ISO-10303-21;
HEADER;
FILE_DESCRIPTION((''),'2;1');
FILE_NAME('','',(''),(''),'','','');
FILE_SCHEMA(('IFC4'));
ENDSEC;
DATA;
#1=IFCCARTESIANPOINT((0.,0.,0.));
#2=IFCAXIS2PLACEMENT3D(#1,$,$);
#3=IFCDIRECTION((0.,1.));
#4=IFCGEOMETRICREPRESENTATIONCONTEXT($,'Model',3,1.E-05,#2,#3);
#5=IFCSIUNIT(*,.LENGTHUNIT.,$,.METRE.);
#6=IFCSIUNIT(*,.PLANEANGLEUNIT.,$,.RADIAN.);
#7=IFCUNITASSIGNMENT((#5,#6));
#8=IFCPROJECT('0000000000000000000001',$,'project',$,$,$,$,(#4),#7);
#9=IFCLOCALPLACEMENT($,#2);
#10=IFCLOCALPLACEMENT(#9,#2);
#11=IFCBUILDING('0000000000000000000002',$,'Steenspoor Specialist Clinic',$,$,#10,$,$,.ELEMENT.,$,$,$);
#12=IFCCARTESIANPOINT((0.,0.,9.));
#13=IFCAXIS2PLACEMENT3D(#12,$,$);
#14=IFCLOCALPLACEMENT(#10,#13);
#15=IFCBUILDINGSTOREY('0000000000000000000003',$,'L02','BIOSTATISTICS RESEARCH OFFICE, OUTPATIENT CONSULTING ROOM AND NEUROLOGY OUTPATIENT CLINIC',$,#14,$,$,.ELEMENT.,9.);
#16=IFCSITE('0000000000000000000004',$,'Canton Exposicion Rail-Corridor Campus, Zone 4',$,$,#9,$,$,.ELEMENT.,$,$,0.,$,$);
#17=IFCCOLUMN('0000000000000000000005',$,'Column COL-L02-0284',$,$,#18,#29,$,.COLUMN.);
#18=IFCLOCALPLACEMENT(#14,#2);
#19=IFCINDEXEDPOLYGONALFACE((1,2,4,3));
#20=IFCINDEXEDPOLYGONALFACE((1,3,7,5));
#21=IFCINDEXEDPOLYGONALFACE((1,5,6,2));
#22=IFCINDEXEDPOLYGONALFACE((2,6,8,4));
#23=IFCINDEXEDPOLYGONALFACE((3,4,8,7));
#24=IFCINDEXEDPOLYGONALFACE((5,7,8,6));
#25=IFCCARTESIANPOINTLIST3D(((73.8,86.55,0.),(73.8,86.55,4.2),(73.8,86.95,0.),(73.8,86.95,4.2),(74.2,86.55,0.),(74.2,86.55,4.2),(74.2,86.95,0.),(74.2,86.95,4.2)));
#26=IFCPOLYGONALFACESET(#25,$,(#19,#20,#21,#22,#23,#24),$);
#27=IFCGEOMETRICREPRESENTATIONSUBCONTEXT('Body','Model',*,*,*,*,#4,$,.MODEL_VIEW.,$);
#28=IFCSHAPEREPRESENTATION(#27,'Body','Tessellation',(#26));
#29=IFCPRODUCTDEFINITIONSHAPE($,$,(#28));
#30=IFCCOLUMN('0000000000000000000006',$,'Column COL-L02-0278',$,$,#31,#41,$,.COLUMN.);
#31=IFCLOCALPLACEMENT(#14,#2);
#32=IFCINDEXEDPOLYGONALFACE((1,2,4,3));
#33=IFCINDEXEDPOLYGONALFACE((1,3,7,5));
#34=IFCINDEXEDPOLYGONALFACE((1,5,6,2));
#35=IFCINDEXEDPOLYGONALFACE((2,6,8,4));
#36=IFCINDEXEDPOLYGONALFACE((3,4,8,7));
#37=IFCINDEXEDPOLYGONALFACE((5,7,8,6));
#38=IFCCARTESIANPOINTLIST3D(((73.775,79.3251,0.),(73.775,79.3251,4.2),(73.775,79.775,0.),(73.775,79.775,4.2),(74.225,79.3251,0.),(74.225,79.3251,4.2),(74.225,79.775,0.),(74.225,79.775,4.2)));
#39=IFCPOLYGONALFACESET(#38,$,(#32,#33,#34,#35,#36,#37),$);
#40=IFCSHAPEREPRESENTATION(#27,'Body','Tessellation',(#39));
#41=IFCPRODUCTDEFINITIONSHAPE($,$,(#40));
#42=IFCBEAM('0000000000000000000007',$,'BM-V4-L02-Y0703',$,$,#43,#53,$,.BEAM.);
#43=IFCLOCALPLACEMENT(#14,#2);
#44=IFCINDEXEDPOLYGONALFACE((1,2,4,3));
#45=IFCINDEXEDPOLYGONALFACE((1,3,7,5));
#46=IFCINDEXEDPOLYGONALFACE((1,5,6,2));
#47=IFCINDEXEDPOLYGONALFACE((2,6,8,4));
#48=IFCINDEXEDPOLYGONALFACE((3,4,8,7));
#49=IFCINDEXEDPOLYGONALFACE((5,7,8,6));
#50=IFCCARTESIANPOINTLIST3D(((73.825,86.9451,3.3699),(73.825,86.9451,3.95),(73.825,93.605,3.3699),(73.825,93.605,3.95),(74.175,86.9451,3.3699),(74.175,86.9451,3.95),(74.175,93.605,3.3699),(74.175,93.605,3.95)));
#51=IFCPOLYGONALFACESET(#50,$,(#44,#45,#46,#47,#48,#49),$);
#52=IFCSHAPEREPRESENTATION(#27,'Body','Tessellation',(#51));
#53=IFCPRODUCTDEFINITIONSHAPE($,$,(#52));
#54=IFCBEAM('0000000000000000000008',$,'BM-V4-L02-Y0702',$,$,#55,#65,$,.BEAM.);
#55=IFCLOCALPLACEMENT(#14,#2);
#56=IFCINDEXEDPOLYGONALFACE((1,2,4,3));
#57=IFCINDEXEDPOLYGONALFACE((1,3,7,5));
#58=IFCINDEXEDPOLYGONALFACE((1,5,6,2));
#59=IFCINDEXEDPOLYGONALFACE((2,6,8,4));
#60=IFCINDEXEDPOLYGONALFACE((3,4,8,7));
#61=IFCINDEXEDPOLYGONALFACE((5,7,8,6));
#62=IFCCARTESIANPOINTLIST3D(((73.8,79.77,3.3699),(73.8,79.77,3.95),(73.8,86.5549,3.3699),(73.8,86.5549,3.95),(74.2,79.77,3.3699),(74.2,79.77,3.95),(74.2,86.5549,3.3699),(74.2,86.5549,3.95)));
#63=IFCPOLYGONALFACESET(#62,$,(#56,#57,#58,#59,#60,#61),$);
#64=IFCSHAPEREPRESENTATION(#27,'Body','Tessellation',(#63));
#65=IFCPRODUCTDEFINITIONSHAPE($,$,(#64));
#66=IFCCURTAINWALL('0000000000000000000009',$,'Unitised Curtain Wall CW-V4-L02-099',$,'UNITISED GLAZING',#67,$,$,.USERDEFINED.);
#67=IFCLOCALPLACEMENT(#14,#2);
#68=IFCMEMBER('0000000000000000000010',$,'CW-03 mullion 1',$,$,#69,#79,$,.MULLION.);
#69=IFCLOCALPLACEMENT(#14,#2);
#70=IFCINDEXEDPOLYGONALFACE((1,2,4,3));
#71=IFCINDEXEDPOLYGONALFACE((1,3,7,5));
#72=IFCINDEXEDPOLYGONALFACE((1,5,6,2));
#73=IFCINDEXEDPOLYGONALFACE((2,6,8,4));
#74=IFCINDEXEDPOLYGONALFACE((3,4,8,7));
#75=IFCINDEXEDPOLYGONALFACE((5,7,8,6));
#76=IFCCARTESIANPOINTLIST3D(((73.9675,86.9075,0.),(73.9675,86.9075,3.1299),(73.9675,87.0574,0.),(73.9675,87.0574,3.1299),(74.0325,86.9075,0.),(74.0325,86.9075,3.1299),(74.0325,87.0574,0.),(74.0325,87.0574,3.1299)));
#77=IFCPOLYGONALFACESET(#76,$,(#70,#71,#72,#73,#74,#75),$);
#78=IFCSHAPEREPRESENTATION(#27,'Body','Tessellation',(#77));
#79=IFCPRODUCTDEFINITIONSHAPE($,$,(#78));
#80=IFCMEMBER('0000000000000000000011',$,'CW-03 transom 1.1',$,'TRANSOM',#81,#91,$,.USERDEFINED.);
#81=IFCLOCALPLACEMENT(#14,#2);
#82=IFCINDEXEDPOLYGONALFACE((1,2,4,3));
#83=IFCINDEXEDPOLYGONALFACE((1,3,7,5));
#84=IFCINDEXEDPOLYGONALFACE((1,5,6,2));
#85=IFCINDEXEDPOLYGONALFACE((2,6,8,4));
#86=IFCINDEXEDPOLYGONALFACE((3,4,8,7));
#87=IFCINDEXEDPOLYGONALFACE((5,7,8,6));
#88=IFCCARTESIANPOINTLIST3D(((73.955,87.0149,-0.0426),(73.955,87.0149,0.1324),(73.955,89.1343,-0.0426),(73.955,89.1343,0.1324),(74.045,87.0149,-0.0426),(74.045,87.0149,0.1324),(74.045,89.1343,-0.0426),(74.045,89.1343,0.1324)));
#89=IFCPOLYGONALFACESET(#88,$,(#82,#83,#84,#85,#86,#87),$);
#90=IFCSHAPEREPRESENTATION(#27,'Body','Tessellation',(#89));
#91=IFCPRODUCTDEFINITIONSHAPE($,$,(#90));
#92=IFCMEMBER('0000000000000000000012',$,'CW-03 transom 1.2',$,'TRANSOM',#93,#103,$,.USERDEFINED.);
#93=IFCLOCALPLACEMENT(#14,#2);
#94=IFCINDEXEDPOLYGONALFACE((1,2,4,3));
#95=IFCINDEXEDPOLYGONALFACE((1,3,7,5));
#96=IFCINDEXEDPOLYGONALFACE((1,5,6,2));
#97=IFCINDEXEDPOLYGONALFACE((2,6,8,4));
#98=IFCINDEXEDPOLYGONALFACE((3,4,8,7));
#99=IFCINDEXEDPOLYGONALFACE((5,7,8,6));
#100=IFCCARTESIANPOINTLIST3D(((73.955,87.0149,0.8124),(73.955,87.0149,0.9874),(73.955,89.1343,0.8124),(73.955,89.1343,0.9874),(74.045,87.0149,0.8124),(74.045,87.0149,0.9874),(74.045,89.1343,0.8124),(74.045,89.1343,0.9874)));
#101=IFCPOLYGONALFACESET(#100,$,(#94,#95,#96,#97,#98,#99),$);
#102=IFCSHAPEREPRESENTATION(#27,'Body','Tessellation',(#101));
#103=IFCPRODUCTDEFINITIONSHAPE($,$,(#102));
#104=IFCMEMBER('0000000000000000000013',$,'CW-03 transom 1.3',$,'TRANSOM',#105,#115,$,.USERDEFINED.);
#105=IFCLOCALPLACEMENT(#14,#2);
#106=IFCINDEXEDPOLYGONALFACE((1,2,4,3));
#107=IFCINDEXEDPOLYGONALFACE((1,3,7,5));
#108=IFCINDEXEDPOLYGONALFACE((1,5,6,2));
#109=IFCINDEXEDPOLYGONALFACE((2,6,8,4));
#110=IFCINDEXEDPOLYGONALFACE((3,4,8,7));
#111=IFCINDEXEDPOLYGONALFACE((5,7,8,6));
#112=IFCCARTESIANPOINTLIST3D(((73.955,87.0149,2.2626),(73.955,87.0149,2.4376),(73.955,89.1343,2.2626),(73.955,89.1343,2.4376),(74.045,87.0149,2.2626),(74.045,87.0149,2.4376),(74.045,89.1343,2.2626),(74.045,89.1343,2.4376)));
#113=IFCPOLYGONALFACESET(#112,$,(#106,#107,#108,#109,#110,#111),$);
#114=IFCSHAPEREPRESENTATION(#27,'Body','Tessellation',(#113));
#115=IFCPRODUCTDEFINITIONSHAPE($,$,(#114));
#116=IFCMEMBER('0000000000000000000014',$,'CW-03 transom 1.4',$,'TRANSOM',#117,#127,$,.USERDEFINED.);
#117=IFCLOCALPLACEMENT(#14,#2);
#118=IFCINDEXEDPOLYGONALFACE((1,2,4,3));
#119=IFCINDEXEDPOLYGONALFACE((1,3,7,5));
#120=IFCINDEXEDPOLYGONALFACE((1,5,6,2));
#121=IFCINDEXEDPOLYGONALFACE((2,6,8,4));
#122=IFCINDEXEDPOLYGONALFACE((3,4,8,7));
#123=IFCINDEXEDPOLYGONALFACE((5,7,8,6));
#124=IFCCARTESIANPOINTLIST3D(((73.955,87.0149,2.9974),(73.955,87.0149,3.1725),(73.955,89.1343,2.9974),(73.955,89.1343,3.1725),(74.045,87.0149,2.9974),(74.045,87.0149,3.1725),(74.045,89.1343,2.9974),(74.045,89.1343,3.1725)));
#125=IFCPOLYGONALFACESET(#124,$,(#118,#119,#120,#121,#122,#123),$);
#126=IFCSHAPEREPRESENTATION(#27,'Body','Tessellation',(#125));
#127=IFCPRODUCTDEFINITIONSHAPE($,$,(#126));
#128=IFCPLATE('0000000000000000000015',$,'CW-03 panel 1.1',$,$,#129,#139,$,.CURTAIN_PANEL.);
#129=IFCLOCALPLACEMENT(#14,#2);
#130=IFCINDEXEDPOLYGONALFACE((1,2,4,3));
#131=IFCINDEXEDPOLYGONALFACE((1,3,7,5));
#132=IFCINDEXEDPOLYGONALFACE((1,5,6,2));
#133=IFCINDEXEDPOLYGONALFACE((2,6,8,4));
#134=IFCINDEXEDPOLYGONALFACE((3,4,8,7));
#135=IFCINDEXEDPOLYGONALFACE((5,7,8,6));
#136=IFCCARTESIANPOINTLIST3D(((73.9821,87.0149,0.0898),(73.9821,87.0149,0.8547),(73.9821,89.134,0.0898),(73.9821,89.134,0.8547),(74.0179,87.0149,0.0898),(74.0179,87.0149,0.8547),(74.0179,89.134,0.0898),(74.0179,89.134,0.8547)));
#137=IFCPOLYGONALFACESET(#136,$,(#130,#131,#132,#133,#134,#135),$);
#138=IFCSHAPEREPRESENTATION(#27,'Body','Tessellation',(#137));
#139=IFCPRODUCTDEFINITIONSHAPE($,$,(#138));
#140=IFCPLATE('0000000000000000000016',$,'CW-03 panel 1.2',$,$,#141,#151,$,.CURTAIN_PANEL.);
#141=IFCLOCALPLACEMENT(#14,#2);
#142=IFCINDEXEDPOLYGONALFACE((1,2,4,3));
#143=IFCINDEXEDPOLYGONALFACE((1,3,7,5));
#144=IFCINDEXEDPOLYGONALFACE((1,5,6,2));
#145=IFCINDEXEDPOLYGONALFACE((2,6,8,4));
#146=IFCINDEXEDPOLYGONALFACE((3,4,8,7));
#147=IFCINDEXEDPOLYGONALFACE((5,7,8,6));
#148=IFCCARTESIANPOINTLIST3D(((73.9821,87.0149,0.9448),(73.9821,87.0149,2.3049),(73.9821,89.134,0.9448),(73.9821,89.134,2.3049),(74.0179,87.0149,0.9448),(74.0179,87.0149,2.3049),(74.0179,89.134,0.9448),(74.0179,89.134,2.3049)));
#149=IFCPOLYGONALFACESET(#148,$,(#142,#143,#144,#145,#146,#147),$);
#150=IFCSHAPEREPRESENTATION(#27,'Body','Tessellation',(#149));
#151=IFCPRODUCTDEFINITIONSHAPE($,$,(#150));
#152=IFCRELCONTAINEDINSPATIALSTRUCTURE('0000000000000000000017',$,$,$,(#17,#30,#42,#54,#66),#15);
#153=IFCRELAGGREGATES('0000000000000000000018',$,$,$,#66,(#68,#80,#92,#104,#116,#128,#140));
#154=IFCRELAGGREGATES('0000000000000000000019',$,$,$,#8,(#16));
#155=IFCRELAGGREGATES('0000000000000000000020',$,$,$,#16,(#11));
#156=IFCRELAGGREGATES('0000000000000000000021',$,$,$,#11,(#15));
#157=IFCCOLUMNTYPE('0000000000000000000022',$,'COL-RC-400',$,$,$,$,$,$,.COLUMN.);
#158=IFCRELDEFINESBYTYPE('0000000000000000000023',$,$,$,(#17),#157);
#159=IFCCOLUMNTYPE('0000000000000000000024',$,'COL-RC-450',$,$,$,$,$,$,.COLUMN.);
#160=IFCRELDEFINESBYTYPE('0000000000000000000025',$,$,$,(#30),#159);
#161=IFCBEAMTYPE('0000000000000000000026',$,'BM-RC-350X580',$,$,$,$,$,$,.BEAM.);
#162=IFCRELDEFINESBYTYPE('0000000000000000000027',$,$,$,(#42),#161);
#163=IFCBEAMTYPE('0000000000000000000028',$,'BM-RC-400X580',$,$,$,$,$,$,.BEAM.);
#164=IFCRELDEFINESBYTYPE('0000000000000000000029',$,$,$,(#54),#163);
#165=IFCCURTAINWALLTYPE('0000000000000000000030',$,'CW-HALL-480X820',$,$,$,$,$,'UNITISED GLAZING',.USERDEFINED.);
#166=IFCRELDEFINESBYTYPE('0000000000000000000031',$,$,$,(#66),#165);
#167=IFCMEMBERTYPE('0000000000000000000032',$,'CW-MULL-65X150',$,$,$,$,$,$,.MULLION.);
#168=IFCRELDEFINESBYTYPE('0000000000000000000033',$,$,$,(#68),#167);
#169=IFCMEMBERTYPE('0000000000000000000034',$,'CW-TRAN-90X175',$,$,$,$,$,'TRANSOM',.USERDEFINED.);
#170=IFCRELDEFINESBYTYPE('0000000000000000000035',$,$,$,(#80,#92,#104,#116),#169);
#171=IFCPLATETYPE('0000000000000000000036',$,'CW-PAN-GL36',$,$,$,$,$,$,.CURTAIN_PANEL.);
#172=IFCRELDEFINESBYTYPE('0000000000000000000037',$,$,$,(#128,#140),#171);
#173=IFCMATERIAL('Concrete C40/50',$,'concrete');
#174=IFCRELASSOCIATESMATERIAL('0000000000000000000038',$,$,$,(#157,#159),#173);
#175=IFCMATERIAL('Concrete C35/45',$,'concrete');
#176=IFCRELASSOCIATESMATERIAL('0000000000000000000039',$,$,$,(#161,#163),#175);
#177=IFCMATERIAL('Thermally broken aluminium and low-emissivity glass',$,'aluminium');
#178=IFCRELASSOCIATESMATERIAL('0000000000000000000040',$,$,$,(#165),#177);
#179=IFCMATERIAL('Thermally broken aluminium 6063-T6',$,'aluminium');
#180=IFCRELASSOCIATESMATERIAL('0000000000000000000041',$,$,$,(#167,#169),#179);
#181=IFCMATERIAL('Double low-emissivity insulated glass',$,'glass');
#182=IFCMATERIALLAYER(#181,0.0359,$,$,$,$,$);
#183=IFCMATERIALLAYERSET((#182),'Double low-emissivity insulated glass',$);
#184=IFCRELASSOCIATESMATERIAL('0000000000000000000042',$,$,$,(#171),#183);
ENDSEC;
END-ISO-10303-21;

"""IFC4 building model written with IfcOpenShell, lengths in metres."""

from ifc_helpers import new_model, si_unit, direction, frame, origin, origin_2d, place, context, subcontext, project, spatial, rectangle, extrude, material, layer, layer_set, material_profile, profile_set, type_object, element, aggregate, save


model = new_model("IFC4")

# Units and contexts
model_context = context("Model", 3, precision=1e-05, world=origin(), true_north=direction((0.0, 1.0)))
body_context = subcontext(model_context, "Body", "Model", "MODEL_VIEW")
ifc_project = project(units=[si_unit("LENGTHUNIT", "METRE"), si_unit("PLANEANGLEUNIT", "RADIAN")], contexts=[model_context])

# Site, building, storey
site_placement = place(None, origin())
site = spatial("IfcSite", under=ifc_project, at=site_placement, Name="Canton Exposicion Rail-Corridor Campus, Zone 4", CompositionType="ELEMENT", RefElevation=0.0)
building_placement = place(site_placement, origin())
building = spatial("IfcBuilding", under=site, at=building_placement, Name="Steenspoor Specialist Clinic", CompositionType="ELEMENT")
storey_placement = place(building_placement, frame((0.0, 0.0, 9.0)))
storey = spatial("IfcBuildingStorey", under=building, at=storey_placement, Name="L02", Description="BIOSTATISTICS RESEARCH OFFICE, OUTPATIENT CONSULTING ROOM AND NEUROLOGY OUTPATIENT CLINIC", CompositionType="ELEMENT", Elevation=9.0)

# Columns
ifc_material_1 = material(Name="Concrete C40/50", Category="concrete")
ifc_material_profile_1 = material_profile(ifc_material_1, rectangle(XDim=0.3999, YDim=0.3999, at=origin_2d()), Name="RC-COL-400X400")
ifc_profile_set_1 = profile_set([ifc_material_profile_1], Name="Concrete C40/50")
column_type_1 = type_object("IfcColumnType", Name="COL-RC-400", PredefinedType="COLUMN", material=ifc_profile_set_1)
column_1_placement = place(storey_placement, frame((74.0, 86.75, 0.0), z_axis=(0.0, 0.0, 1.0), x_axis=(1.0, 0.0, 0.0)))
element("IfcColumn", 1, at=column_1_placement, inside=storey, type_object=column_type_1, Name="Column COL-L02-0284", PredefinedType="COLUMN", context=body_context, shape_type="SweptSolid", body=[
    extrude(rectangle(XDim=0.3999, YDim=0.3999, at=origin_2d()), origin(), (0.0, 0.0, 1.0), 4.2),
])
ifc_material_profile_2 = material_profile(ifc_material_1, rectangle(XDim=0.45, YDim=0.45, at=origin_2d()), Name="RC-COL-450X450")
ifc_profile_set_2 = profile_set([ifc_material_profile_2], Name="Concrete C40/50")
column_type_2 = type_object("IfcColumnType", Name="COL-RC-450", PredefinedType="COLUMN", material=ifc_profile_set_2)
column_2_placement = place(storey_placement, frame((74.0, 79.55, 0.0), z_axis=(0.0, 0.0, 1.0), x_axis=(1.0, 0.0, 0.0)))
element("IfcColumn", 2, at=column_2_placement, inside=storey, type_object=column_type_2, Name="Column COL-L02-0278", PredefinedType="COLUMN", context=body_context, shape_type="SweptSolid", body=[
    extrude(rectangle(XDim=0.45, YDim=0.45, at=origin_2d()), origin(), (0.0, 0.0, 1.0), 4.2),
])

# Beams
ifc_material_2 = material(Name="Concrete C35/45", Category="concrete")
ifc_material_profile_3 = material_profile(ifc_material_2, rectangle(XDim=0.3501, YDim=0.5801, at=origin_2d()), Name="RC-BM-350X580")
ifc_profile_set_3 = profile_set([ifc_material_profile_3], Name="Concrete C35/45")
beam_type_1 = type_object("IfcBeamType", Name="BM-RC-350X580", PredefinedType="BEAM", material=ifc_profile_set_3)
beam_1_placement = place(storey_placement, frame((74.0, 86.9451, 3.6599), z_axis=(0.0, 1.0, 0.0), x_axis=(-1.0, 0.0, 0.0)))
element("IfcBeam", 3, at=beam_1_placement, inside=storey, type_object=beam_type_1, Name="BM-V4-L02-Y0703", PredefinedType="BEAM", context=body_context, shape_type="SweptSolid", body=[
    extrude(rectangle(XDim=0.3501, YDim=0.5801, at=origin_2d()), origin(), (0.0, 0.0, 1.0), 6.6599),
])
ifc_material_profile_4 = material_profile(ifc_material_2, rectangle(XDim=0.3999, YDim=0.5801, at=origin_2d()), Name="RC-BM-400X580")
ifc_profile_set_4 = profile_set([ifc_material_profile_4], Name="Concrete C35/45")
beam_type_2 = type_object("IfcBeamType", Name="BM-RC-400X580", PredefinedType="BEAM", material=ifc_profile_set_4)
beam_2_placement = place(storey_placement, frame((74.0, 79.77, 3.6599), z_axis=(0.0, 1.0, 0.0), x_axis=(-1.0, 0.0, 0.0)))
element("IfcBeam", 4, at=beam_2_placement, inside=storey, type_object=beam_type_2, Name="BM-V4-L02-Y0702", PredefinedType="BEAM", context=body_context, shape_type="SweptSolid", body=[
    extrude(rectangle(XDim=0.3999, YDim=0.5801, at=origin_2d()), origin(), (0.0, 0.0, 1.0), 6.7849),
])

# Curtain wall, members, plates
ifc_material_3 = material(Name="Thermally broken aluminium and low-emissivity glass", Category="aluminium")
curtain_wall_type = type_object("IfcCurtainWallType", Name="CW-HALL-480X820", ElementType="UNITISED GLAZING", PredefinedType="USERDEFINED", material=ifc_material_3)
curtain_wall_placement = place(storey_placement, origin())
curtain_wall = element("IfcCurtainWall", 5, at=curtain_wall_placement, inside=storey, type_object=curtain_wall_type, Name="Unitised Curtain Wall CW-V4-L02-099", ObjectType="UNITISED GLAZING", PredefinedType="USERDEFINED")
ifc_material_4 = material(Name="Thermally broken aluminium 6063-T6", Category="aluminium")
ifc_material_profile_5 = material_profile(ifc_material_4, rectangle(XDim=0.0649, YDim=0.1499, at=origin_2d()), Name="CWM-65X150")
ifc_profile_set_5 = profile_set([ifc_material_profile_5], Name="Thermally broken aluminium 6063-T6")
member_type_1 = type_object("IfcMemberType", Name="CW-MULL-65X150", PredefinedType="MULLION", material=ifc_profile_set_5)
member_1_placement = place(storey_placement, frame((74.0, 86.9824, 0.0), z_axis=(0.0, 0.0, 1.0), x_axis=(-1.0, 0.0, 0.0)))
member_1 = element("IfcMember", 6, at=member_1_placement, type_object=member_type_1, Name="CW-03 mullion 1", PredefinedType="MULLION", context=body_context, shape_type="SweptSolid", body=[
    extrude(rectangle(XDim=0.0649, YDim=0.1499, at=origin_2d()), origin(), (0.0, 0.0, 1.0), 3.1299),
])
ifc_material_profile_6 = material_profile(ifc_material_4, rectangle(XDim=0.0901, YDim=0.175, at=origin_2d()), Name="CWT-90X175")
ifc_profile_set_6 = profile_set([ifc_material_profile_6], Name="Thermally broken aluminium 6063-T6")
member_type_2 = type_object("IfcMemberType", Name="CW-TRAN-90X175", ElementType="TRANSOM", PredefinedType="USERDEFINED", material=ifc_profile_set_6)
member_2_placement = place(storey_placement, frame((74.0, 87.0149, 0.0449), z_axis=(0.0, 1.0, 0.0), x_axis=(-1.0, 0.0, 0.0)))
member_2 = element("IfcMember", 7, at=member_2_placement, type_object=member_type_2, Name="CW-03 transom 1.1", ObjectType="TRANSOM", PredefinedType="USERDEFINED", context=body_context, shape_type="SweptSolid", body=[
    extrude(rectangle(XDim=0.0901, YDim=0.175, at=origin_2d()), origin(), (0.0, 0.0, 1.0), 2.1194),
])
member_3_placement = place(storey_placement, frame((74.0, 87.0149, 0.8999), z_axis=(0.0, 1.0, 0.0), x_axis=(-1.0, 0.0, 0.0)))
member_3 = element("IfcMember", 8, at=member_3_placement, type_object=member_type_2, Name="CW-03 transom 1.2", ObjectType="TRANSOM", PredefinedType="USERDEFINED", context=body_context, shape_type="SweptSolid", body=[
    extrude(rectangle(XDim=0.0901, YDim=0.175, at=origin_2d()), origin(), (0.0, 0.0, 1.0), 2.1194),
])
member_4_placement = place(storey_placement, frame((74.0, 87.0149, 2.3501), z_axis=(0.0, 1.0, 0.0), x_axis=(-1.0, 0.0, 0.0)))
member_4 = element("IfcMember", 9, at=member_4_placement, type_object=member_type_2, Name="CW-03 transom 1.3", ObjectType="TRANSOM", PredefinedType="USERDEFINED", context=body_context, shape_type="SweptSolid", body=[
    extrude(rectangle(XDim=0.0901, YDim=0.175, at=origin_2d()), origin(), (0.0, 0.0, 1.0), 2.1194),
])
member_5_placement = place(storey_placement, frame((74.0, 87.0149, 3.085), z_axis=(0.0, 1.0, 0.0), x_axis=(-1.0, 0.0, 0.0)))
member_5 = element("IfcMember", 10, at=member_5_placement, type_object=member_type_2, Name="CW-03 transom 1.4", ObjectType="TRANSOM", PredefinedType="USERDEFINED", context=body_context, shape_type="SweptSolid", body=[
    extrude(rectangle(XDim=0.0901, YDim=0.175, at=origin_2d()), origin(), (0.0, 0.0, 1.0), 2.1194),
])
ifc_material_5 = material(Name="Double low-emissivity insulated glass", Category="glass")
ifc_layer_1 = layer(ifc_material_5, 0.0359)
ifc_layer_set_1 = layer_set([ifc_layer_1], Name="Double low-emissivity insulated glass")
plate_type = type_object("IfcPlateType", Name="CW-PAN-GL36", PredefinedType="CURTAIN_PANEL", material=ifc_layer_set_1)
plate_1_placement = place(storey_placement, frame((74.0, 88.0745, 0.0898), z_axis=(0.0, 0.0, 1.0), x_axis=(0.0, 1.0, 0.0)))
plate_1 = element("IfcPlate", 11, at=plate_1_placement, type_object=plate_type, Name="CW-03 panel 1.1", PredefinedType="CURTAIN_PANEL", context=body_context, shape_type="SweptSolid", body=[
    extrude(rectangle(XDim=2.1191, YDim=0.0359, at=origin_2d()), origin(), (0.0, 0.0, 1.0), 0.7649),
])
plate_2_placement = place(storey_placement, frame((74.0, 88.0745, 0.9448), z_axis=(0.0, 0.0, 1.0), x_axis=(0.0, 1.0, 0.0)))
plate_2 = element("IfcPlate", 12, at=plate_2_placement, type_object=plate_type, Name="CW-03 panel 1.2", PredefinedType="CURTAIN_PANEL", context=body_context, shape_type="SweptSolid", body=[
    extrude(rectangle(XDim=2.1191, YDim=0.0359, at=origin_2d()), origin(), (0.0, 0.0, 1.0), 1.3601),
])
aggregate(curtain_wall, [member_1, member_2, member_3, member_4, member_5, plate_1, plate_2])

save(model, "model.ifc")
